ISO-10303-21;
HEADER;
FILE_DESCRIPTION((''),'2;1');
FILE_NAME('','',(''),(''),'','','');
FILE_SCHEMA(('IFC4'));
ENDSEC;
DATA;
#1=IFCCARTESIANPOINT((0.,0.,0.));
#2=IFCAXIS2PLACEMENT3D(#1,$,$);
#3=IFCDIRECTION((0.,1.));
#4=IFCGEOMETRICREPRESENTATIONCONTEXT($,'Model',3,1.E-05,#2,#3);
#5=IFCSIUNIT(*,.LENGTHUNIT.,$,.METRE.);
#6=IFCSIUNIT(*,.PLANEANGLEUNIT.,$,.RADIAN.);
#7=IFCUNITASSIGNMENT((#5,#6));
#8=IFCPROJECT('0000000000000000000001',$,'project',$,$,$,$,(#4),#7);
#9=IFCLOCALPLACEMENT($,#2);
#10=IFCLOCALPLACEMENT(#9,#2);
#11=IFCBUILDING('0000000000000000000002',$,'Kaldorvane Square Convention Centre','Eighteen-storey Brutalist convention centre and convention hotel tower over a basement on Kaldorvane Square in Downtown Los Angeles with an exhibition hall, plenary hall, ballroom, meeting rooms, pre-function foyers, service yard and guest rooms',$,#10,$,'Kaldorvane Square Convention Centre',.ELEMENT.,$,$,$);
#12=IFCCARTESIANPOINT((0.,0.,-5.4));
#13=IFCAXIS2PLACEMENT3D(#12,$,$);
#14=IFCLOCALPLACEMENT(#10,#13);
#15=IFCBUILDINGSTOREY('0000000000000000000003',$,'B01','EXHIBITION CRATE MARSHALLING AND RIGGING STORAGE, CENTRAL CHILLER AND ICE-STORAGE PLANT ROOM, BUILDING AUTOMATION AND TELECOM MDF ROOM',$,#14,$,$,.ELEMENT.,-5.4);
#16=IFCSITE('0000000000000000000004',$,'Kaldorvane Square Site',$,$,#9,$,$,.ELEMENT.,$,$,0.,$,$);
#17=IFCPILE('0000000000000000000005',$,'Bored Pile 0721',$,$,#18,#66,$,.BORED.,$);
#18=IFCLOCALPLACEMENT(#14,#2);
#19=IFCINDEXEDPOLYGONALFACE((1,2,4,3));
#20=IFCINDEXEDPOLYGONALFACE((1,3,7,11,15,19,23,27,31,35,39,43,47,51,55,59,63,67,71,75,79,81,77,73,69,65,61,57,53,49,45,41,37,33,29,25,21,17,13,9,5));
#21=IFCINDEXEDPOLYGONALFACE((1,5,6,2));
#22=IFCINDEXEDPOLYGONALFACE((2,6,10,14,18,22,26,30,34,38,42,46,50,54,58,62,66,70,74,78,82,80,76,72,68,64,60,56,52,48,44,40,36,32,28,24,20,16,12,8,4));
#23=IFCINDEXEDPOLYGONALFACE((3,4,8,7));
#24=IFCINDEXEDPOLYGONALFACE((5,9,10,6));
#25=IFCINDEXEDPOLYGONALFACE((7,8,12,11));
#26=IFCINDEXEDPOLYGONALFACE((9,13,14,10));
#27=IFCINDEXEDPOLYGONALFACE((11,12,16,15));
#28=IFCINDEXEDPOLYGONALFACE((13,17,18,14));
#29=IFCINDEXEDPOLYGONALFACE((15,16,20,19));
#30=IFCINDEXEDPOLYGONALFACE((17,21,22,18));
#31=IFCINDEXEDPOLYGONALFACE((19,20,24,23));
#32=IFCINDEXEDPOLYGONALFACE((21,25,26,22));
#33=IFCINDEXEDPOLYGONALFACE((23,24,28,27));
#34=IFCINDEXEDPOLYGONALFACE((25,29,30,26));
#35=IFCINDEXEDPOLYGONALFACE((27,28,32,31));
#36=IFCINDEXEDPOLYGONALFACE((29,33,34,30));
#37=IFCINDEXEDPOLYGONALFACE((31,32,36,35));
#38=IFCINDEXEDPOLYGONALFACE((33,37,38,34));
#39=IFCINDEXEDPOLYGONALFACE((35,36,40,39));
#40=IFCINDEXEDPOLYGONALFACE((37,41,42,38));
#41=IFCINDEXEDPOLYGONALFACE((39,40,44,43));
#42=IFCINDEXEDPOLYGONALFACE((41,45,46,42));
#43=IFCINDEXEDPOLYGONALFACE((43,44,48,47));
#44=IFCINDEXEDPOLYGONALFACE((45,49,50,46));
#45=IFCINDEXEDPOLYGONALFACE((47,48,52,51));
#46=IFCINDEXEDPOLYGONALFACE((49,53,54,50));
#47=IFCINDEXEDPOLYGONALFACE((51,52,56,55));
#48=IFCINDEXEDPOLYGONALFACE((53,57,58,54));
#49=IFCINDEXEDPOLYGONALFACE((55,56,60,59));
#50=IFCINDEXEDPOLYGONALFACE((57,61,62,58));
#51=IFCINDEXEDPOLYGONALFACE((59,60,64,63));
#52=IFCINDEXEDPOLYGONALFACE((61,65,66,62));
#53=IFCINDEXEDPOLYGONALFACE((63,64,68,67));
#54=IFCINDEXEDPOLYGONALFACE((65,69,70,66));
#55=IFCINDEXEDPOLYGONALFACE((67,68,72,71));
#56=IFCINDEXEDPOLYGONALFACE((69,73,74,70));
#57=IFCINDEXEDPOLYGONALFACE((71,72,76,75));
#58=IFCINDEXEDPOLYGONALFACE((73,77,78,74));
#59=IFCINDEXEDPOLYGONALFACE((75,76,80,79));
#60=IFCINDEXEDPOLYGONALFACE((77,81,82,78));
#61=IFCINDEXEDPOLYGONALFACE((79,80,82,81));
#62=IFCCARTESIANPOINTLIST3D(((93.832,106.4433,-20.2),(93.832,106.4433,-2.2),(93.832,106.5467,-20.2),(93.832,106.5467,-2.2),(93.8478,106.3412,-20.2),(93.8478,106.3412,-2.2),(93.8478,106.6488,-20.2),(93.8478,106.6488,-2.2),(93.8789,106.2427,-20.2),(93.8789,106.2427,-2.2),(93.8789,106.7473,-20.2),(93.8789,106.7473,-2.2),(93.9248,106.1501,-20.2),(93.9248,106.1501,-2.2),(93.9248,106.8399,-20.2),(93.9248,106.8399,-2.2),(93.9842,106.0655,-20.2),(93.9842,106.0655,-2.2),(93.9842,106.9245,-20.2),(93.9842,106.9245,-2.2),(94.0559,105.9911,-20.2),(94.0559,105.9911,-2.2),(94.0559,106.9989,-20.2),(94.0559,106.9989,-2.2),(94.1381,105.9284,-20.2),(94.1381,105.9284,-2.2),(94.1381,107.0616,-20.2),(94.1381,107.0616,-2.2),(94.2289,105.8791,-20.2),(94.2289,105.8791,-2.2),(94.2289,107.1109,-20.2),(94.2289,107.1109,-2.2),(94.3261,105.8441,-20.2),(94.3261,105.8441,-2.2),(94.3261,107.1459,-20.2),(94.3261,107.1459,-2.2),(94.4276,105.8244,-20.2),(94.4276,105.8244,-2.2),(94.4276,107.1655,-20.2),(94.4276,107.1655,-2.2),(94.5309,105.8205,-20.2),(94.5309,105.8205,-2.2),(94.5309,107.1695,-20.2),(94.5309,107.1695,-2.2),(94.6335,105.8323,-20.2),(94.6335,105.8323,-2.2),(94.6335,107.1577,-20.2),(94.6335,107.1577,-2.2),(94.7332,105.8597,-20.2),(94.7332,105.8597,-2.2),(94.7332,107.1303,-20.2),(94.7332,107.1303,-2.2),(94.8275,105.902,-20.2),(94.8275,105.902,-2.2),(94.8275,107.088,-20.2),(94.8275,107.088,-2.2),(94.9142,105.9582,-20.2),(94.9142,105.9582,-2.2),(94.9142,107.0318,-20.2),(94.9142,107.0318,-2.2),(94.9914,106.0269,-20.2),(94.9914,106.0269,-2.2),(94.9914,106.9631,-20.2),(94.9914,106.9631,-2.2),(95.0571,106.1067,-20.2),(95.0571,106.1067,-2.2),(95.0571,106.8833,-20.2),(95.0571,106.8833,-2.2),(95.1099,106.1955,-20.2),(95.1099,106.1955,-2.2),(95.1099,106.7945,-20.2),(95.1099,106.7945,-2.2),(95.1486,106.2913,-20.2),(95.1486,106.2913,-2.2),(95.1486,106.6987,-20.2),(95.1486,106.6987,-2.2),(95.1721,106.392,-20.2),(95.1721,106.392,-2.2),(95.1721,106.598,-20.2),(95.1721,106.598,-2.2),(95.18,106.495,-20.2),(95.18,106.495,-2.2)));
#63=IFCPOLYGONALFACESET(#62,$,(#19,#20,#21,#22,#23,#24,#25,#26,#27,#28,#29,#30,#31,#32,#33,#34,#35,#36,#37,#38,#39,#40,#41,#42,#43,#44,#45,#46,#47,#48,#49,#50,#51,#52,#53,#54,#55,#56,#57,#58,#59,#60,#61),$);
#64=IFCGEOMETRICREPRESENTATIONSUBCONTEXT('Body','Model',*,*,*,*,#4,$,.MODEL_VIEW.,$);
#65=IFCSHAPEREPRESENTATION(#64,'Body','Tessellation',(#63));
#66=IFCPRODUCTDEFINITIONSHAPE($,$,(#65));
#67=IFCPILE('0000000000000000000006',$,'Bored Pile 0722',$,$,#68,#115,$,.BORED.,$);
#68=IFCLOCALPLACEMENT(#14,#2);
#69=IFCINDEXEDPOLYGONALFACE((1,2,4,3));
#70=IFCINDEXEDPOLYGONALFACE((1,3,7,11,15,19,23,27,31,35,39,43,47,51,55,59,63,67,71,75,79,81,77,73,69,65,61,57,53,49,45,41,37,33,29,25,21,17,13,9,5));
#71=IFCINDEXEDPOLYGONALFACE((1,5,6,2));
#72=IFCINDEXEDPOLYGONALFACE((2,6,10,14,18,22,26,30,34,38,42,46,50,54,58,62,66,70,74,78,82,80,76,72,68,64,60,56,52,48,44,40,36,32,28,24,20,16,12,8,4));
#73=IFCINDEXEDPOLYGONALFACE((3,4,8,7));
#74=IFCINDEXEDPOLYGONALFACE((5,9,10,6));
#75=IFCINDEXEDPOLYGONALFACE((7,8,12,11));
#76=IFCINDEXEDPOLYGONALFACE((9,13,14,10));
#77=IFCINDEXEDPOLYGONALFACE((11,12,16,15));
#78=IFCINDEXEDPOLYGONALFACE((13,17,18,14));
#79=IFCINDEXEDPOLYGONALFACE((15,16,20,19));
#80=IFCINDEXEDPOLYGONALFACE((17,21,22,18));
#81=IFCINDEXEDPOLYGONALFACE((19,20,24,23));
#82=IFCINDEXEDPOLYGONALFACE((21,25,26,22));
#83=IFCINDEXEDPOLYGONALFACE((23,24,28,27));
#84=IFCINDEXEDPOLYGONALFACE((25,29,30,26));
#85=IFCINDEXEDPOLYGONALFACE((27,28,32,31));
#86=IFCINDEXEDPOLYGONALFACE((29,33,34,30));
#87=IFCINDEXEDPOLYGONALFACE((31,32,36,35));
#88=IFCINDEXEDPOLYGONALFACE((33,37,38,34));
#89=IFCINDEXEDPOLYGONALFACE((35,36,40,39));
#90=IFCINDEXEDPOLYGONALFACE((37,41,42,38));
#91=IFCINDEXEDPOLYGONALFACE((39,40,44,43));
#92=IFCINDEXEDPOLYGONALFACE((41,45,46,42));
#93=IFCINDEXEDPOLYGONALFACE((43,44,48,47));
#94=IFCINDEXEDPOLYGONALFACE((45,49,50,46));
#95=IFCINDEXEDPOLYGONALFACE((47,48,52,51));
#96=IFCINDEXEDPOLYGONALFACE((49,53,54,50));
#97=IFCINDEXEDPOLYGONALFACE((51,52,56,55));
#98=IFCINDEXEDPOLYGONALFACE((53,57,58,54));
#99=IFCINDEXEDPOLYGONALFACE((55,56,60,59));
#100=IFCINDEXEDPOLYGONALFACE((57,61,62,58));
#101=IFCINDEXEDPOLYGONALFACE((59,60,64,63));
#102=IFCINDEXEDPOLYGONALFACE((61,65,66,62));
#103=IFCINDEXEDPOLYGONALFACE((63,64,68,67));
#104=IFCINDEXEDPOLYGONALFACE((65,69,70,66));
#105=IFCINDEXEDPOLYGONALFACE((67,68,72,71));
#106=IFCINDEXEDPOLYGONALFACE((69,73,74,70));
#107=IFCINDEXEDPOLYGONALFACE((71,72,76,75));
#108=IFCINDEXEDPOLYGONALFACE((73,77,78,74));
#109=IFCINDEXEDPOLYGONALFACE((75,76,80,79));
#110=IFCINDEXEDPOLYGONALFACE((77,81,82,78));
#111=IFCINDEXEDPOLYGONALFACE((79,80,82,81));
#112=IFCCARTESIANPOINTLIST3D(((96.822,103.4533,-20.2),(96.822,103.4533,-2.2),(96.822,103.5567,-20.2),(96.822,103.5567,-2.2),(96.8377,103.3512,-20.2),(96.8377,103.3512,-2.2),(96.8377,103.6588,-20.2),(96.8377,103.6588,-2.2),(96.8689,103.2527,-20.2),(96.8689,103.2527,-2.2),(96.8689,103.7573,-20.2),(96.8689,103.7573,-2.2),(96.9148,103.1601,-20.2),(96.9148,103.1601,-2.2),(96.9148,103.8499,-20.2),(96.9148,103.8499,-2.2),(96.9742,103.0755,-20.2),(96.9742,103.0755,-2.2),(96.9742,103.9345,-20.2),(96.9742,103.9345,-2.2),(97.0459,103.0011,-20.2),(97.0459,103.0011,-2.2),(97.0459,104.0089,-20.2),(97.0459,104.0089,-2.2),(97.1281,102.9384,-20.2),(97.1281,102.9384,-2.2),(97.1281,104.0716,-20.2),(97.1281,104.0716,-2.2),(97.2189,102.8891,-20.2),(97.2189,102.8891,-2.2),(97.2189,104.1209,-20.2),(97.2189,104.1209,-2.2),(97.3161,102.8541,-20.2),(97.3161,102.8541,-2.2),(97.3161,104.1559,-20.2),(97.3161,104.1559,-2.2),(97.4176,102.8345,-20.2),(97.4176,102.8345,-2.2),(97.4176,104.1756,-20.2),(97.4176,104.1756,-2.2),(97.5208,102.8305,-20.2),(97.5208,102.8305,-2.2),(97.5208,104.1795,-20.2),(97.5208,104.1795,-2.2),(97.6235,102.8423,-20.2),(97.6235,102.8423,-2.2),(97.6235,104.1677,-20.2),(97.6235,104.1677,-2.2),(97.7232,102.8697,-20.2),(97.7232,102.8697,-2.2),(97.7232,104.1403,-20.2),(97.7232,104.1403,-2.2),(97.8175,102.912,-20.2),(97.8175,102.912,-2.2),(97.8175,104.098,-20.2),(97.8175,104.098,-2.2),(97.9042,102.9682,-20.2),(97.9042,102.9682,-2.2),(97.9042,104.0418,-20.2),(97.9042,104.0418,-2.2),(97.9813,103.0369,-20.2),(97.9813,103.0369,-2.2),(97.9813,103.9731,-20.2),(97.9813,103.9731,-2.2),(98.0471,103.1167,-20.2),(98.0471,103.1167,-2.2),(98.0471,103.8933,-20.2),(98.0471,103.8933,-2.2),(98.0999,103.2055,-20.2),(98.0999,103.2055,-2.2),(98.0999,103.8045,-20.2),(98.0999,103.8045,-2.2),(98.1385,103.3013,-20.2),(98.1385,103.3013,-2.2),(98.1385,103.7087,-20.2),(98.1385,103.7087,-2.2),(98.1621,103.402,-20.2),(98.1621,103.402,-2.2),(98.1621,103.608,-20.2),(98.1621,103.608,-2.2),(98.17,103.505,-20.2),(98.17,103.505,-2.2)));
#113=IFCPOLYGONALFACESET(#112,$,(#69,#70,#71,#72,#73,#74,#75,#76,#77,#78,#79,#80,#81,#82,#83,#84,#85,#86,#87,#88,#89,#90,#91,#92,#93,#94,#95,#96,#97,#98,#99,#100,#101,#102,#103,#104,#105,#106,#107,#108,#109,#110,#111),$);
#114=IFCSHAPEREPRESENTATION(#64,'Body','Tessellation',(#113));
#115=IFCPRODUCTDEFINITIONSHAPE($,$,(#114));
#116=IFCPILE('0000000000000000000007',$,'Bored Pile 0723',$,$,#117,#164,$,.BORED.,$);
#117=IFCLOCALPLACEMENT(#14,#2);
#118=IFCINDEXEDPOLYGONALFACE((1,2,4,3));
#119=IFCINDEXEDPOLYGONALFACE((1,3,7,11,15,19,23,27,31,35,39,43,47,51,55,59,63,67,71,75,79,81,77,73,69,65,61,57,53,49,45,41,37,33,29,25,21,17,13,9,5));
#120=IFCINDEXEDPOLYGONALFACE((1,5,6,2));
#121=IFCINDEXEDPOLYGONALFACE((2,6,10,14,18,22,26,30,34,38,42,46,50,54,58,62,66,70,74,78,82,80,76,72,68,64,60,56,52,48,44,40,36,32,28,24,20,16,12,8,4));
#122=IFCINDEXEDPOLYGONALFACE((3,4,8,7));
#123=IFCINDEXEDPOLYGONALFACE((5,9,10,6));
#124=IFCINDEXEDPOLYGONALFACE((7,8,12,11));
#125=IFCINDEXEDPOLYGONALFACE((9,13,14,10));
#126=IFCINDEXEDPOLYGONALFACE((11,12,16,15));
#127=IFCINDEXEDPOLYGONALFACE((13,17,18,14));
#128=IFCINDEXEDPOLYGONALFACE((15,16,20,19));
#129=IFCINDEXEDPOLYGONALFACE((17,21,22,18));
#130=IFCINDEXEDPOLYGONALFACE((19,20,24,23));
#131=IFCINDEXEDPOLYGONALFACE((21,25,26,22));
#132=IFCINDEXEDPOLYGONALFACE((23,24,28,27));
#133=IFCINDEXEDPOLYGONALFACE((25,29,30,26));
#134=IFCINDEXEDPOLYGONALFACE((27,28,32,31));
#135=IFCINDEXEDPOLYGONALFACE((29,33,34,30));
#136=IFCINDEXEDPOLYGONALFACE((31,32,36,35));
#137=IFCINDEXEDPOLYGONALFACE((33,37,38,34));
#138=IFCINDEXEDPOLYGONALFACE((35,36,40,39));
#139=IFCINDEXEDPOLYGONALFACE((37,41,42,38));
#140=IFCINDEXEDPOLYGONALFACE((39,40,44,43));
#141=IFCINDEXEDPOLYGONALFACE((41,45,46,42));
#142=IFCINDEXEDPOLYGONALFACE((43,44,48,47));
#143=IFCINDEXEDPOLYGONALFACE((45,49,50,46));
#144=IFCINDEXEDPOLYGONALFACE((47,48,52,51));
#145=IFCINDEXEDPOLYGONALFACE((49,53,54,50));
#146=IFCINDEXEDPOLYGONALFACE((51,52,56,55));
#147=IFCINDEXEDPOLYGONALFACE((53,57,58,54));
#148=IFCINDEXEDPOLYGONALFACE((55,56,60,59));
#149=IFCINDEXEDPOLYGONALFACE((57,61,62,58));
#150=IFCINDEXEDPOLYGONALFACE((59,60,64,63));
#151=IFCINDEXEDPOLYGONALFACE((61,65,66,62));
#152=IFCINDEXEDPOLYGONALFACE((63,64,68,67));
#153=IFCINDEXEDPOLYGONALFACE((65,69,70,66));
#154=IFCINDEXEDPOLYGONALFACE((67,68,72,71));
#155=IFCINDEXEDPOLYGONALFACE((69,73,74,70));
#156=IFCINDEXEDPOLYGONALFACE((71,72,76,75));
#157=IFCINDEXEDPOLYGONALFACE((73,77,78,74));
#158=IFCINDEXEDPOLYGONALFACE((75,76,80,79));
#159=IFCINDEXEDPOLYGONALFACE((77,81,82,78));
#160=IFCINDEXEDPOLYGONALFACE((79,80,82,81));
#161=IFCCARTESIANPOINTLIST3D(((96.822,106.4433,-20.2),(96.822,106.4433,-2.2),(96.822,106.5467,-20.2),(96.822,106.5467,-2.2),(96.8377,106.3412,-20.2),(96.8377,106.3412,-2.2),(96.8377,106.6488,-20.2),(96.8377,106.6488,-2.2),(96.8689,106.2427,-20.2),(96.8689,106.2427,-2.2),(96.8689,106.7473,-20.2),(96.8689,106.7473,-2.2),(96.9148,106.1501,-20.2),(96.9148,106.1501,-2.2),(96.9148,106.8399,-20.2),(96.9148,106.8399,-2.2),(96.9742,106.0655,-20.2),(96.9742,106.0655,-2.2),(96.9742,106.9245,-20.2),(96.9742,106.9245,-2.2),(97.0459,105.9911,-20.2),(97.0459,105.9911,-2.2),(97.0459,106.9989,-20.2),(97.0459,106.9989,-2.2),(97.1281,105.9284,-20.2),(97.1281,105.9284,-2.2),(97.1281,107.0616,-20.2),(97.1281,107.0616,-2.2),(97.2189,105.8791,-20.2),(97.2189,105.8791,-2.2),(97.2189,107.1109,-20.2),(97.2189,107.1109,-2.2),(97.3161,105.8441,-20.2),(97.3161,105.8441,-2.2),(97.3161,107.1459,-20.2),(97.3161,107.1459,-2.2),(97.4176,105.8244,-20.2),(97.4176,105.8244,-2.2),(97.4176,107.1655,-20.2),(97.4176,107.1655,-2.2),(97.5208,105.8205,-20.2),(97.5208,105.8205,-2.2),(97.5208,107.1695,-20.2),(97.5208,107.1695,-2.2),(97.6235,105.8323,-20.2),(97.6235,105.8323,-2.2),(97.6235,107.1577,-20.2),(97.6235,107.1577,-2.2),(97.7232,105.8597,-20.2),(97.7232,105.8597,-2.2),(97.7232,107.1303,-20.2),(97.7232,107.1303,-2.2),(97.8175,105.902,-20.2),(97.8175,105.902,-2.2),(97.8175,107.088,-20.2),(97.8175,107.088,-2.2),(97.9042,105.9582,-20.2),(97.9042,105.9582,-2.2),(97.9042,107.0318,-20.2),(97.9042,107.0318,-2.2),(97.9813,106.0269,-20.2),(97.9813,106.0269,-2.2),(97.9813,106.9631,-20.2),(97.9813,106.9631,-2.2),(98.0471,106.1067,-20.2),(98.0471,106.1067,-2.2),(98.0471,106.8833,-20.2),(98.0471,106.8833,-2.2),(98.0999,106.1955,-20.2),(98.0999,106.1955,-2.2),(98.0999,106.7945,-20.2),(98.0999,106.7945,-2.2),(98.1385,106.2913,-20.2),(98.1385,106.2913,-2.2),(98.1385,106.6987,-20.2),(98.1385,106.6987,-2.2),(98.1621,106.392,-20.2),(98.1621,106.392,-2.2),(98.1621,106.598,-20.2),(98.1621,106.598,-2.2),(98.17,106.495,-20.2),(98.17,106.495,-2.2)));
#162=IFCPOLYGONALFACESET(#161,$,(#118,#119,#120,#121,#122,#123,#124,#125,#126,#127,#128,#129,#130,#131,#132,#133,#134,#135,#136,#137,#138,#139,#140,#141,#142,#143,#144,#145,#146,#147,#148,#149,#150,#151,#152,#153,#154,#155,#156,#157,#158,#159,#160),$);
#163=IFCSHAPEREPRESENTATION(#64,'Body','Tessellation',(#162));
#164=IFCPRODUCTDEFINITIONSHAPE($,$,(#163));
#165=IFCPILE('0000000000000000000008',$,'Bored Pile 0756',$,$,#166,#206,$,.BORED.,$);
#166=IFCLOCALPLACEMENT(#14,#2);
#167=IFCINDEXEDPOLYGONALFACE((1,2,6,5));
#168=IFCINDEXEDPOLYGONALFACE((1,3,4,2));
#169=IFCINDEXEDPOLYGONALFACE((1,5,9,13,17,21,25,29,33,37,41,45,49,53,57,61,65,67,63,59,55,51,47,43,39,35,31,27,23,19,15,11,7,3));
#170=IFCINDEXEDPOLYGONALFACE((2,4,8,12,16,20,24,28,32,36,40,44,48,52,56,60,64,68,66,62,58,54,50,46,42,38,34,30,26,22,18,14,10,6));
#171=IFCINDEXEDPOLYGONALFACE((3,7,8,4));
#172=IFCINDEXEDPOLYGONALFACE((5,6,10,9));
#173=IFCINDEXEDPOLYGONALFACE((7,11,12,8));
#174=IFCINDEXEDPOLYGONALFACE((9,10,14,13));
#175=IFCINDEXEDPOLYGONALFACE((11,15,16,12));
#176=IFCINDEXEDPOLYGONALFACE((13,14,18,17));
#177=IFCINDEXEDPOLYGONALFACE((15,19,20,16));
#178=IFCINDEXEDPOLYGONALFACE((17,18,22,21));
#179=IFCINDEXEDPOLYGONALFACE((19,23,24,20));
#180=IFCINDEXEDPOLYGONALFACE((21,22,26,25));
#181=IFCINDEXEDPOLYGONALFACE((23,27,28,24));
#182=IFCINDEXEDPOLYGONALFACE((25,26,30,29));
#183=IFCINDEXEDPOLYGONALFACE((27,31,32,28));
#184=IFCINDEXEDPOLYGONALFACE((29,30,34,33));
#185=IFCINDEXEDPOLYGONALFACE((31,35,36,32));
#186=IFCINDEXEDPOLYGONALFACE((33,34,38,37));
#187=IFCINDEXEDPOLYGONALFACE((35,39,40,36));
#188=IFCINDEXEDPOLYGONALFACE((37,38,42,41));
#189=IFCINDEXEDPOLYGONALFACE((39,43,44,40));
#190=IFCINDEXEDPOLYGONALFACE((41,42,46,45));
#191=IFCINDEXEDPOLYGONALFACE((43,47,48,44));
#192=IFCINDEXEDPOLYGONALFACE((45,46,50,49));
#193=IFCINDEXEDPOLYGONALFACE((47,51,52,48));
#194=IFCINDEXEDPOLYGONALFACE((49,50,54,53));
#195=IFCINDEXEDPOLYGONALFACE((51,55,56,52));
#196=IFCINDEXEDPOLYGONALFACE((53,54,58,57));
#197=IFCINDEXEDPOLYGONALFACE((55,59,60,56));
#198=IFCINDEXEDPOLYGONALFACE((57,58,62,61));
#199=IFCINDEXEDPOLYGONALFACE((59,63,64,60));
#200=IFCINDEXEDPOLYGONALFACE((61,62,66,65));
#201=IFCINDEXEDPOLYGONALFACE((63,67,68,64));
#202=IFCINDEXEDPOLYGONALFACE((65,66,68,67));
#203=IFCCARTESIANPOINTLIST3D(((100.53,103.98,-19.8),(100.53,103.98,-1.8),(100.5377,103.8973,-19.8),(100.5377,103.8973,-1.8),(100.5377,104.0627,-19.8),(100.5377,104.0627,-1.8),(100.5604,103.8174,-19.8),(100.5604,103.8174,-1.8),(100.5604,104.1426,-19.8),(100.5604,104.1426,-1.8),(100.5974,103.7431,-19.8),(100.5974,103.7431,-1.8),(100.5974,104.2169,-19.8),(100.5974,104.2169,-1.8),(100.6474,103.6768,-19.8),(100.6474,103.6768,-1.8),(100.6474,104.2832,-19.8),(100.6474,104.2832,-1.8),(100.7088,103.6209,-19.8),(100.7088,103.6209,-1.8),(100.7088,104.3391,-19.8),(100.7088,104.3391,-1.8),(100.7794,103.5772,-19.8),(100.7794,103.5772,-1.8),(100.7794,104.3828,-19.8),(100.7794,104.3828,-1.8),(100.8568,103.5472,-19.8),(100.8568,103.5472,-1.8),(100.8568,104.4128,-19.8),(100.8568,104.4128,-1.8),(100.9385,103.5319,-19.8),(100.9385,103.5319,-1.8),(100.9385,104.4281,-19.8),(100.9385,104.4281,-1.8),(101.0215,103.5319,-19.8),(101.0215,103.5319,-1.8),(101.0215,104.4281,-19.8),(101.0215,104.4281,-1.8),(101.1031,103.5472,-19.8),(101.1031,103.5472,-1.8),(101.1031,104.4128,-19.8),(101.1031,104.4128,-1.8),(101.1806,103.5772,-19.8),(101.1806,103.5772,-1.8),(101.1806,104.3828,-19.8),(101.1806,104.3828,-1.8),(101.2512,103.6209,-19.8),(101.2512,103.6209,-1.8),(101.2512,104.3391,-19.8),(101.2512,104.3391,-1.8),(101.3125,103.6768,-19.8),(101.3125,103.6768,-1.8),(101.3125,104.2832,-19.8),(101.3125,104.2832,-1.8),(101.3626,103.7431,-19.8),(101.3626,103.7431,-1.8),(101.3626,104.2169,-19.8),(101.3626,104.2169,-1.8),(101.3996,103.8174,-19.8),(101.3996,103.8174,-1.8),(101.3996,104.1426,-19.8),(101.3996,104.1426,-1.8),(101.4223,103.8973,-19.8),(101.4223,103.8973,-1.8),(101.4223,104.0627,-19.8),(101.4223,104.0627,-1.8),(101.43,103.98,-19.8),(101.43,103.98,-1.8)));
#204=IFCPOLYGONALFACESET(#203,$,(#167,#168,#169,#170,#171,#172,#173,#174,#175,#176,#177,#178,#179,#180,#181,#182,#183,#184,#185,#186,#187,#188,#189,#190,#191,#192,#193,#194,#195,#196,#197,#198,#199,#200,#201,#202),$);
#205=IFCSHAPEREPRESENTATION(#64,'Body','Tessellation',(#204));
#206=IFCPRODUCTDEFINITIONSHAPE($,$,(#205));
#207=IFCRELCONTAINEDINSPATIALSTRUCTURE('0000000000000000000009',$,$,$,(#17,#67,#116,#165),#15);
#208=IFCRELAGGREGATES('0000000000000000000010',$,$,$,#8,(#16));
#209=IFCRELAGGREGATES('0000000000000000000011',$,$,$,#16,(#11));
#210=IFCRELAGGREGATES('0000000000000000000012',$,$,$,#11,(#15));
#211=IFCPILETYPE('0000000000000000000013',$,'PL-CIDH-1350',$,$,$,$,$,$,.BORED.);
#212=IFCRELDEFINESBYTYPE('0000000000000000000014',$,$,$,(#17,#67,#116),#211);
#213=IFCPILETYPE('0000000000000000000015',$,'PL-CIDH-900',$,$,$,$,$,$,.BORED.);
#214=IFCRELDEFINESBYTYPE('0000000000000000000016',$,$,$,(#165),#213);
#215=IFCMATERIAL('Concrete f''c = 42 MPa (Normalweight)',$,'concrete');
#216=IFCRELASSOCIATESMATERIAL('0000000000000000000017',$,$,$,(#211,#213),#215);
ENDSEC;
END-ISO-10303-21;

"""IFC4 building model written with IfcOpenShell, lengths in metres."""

from ifc_helpers import new_model, si_unit, direction, frame, origin, origin_2d, place, context, subcontext, project, spatial, circle, extrude, material, material_profile, profile_set, type_object, element, save


model = new_model("IFC4")

# Units and contexts
model_context = context("Model", 3, precision=1e-05, world=origin(), true_north=direction((0.0, 1.0)))
body_context = subcontext(model_context, "Body", "Model", "MODEL_VIEW")
ifc_project = project(units=[si_unit("LENGTHUNIT", "METRE"), si_unit("PLANEANGLEUNIT", "RADIAN")], contexts=[model_context])

# Site, building, storey
site_placement = place(None, origin())
site = spatial("IfcSite", under=ifc_project, at=site_placement, Name="Kaldorvane Square Site", CompositionType="ELEMENT", RefElevation=0.0)
building_placement = place(site_placement, origin())
building = spatial("IfcBuilding", under=site, at=building_placement, Name="Kaldorvane Square Convention Centre", Description="Eighteen-storey Brutalist convention centre and convention hotel tower over a basement on Kaldorvane Square in Downtown Los Angeles with an exhibition hall, plenary hall, ballroom, meeting rooms, pre-function foyers, service yard and guest rooms", LongName="Kaldorvane Square Convention Centre", CompositionType="ELEMENT")
storey_placement = place(building_placement, frame((0.0, 0.0, -5.4)))
storey = spatial("IfcBuildingStorey", under=building, at=storey_placement, Name="B01", Description="EXHIBITION CRATE MARSHALLING AND RIGGING STORAGE, CENTRAL CHILLER AND ICE-STORAGE PLANT ROOM, BUILDING AUTOMATION AND TELECOM MDF ROOM", CompositionType="ELEMENT", Elevation=-5.4)

# Shared definitions
ifc_material_1 = material(Name="Concrete f'c = 42 MPa (Normalweight)", Category="concrete")

# Piles
ifc_material_profile_1 = material_profile(ifc_material_1, circle(Radius=0.675, at=origin_2d()), Name="PILE-D1350")
ifc_profile_set_1 = profile_set([ifc_material_profile_1], Name="Concrete f'c = 42 MPa (Normalweight)")
pile_type_1 = type_object("IfcPileType", Name="PL-CIDH-1350", PredefinedType="BORED", material=ifc_profile_set_1)
for number, where, z_axis, x_axis, name in (
    (1, (94.505, 106.495, -2.2), (0.0, 0.0, -1.0), (1.0, 0.0, 0.0), "Bored Pile 0721"),
    (2, (97.495, 103.505, -2.2), (0.0, 0.0, -1.0), (1.0, 0.0, 0.0), "Bored Pile 0722"),
    (3, (97.495, 106.495, -2.2), (0.0, 0.0, -1.0), (1.0, 0.0, 0.0), "Bored Pile 0723"),
):
    element("IfcPile", number, at=place(storey_placement, frame(where, z_axis=z_axis, x_axis=x_axis)), inside=storey, type_object=pile_type_1, Name=name, PredefinedType="BORED", context=body_context, shape_type="SweptSolid", body=[
        extrude(circle(Radius=0.675, at=origin_2d()), origin(), (0.0, 0.0, 1.0), 18.0),
    ])
ifc_material_profile_2 = material_profile(ifc_material_1, circle(Radius=0.45, at=origin_2d()), Name="PILE-D900")
ifc_profile_set_2 = profile_set([ifc_material_profile_2], Name="Concrete f'c = 42 MPa (Normalweight)")
pile_type_2 = type_object("IfcPileType", Name="PL-CIDH-900", PredefinedType="BORED", material=ifc_profile_set_2)
for number, where, z_axis, x_axis, name in (
    (4, (100.98, 103.98, -1.8), (0.0, 0.0, -1.0), (1.0, 0.0, 0.0), "Bored Pile 0756"),
):
    element("IfcPile", number, at=place(storey_placement, frame(where, z_axis=z_axis, x_axis=x_axis)), inside=storey, type_object=pile_type_2, Name=name, PredefinedType="BORED", context=body_context, shape_type="SweptSolid", body=[
        extrude(circle(Radius=0.45, at=origin_2d()), origin(), (0.0, 0.0, 1.0), 18.0),
    ])

save(model, "model.ifc")
